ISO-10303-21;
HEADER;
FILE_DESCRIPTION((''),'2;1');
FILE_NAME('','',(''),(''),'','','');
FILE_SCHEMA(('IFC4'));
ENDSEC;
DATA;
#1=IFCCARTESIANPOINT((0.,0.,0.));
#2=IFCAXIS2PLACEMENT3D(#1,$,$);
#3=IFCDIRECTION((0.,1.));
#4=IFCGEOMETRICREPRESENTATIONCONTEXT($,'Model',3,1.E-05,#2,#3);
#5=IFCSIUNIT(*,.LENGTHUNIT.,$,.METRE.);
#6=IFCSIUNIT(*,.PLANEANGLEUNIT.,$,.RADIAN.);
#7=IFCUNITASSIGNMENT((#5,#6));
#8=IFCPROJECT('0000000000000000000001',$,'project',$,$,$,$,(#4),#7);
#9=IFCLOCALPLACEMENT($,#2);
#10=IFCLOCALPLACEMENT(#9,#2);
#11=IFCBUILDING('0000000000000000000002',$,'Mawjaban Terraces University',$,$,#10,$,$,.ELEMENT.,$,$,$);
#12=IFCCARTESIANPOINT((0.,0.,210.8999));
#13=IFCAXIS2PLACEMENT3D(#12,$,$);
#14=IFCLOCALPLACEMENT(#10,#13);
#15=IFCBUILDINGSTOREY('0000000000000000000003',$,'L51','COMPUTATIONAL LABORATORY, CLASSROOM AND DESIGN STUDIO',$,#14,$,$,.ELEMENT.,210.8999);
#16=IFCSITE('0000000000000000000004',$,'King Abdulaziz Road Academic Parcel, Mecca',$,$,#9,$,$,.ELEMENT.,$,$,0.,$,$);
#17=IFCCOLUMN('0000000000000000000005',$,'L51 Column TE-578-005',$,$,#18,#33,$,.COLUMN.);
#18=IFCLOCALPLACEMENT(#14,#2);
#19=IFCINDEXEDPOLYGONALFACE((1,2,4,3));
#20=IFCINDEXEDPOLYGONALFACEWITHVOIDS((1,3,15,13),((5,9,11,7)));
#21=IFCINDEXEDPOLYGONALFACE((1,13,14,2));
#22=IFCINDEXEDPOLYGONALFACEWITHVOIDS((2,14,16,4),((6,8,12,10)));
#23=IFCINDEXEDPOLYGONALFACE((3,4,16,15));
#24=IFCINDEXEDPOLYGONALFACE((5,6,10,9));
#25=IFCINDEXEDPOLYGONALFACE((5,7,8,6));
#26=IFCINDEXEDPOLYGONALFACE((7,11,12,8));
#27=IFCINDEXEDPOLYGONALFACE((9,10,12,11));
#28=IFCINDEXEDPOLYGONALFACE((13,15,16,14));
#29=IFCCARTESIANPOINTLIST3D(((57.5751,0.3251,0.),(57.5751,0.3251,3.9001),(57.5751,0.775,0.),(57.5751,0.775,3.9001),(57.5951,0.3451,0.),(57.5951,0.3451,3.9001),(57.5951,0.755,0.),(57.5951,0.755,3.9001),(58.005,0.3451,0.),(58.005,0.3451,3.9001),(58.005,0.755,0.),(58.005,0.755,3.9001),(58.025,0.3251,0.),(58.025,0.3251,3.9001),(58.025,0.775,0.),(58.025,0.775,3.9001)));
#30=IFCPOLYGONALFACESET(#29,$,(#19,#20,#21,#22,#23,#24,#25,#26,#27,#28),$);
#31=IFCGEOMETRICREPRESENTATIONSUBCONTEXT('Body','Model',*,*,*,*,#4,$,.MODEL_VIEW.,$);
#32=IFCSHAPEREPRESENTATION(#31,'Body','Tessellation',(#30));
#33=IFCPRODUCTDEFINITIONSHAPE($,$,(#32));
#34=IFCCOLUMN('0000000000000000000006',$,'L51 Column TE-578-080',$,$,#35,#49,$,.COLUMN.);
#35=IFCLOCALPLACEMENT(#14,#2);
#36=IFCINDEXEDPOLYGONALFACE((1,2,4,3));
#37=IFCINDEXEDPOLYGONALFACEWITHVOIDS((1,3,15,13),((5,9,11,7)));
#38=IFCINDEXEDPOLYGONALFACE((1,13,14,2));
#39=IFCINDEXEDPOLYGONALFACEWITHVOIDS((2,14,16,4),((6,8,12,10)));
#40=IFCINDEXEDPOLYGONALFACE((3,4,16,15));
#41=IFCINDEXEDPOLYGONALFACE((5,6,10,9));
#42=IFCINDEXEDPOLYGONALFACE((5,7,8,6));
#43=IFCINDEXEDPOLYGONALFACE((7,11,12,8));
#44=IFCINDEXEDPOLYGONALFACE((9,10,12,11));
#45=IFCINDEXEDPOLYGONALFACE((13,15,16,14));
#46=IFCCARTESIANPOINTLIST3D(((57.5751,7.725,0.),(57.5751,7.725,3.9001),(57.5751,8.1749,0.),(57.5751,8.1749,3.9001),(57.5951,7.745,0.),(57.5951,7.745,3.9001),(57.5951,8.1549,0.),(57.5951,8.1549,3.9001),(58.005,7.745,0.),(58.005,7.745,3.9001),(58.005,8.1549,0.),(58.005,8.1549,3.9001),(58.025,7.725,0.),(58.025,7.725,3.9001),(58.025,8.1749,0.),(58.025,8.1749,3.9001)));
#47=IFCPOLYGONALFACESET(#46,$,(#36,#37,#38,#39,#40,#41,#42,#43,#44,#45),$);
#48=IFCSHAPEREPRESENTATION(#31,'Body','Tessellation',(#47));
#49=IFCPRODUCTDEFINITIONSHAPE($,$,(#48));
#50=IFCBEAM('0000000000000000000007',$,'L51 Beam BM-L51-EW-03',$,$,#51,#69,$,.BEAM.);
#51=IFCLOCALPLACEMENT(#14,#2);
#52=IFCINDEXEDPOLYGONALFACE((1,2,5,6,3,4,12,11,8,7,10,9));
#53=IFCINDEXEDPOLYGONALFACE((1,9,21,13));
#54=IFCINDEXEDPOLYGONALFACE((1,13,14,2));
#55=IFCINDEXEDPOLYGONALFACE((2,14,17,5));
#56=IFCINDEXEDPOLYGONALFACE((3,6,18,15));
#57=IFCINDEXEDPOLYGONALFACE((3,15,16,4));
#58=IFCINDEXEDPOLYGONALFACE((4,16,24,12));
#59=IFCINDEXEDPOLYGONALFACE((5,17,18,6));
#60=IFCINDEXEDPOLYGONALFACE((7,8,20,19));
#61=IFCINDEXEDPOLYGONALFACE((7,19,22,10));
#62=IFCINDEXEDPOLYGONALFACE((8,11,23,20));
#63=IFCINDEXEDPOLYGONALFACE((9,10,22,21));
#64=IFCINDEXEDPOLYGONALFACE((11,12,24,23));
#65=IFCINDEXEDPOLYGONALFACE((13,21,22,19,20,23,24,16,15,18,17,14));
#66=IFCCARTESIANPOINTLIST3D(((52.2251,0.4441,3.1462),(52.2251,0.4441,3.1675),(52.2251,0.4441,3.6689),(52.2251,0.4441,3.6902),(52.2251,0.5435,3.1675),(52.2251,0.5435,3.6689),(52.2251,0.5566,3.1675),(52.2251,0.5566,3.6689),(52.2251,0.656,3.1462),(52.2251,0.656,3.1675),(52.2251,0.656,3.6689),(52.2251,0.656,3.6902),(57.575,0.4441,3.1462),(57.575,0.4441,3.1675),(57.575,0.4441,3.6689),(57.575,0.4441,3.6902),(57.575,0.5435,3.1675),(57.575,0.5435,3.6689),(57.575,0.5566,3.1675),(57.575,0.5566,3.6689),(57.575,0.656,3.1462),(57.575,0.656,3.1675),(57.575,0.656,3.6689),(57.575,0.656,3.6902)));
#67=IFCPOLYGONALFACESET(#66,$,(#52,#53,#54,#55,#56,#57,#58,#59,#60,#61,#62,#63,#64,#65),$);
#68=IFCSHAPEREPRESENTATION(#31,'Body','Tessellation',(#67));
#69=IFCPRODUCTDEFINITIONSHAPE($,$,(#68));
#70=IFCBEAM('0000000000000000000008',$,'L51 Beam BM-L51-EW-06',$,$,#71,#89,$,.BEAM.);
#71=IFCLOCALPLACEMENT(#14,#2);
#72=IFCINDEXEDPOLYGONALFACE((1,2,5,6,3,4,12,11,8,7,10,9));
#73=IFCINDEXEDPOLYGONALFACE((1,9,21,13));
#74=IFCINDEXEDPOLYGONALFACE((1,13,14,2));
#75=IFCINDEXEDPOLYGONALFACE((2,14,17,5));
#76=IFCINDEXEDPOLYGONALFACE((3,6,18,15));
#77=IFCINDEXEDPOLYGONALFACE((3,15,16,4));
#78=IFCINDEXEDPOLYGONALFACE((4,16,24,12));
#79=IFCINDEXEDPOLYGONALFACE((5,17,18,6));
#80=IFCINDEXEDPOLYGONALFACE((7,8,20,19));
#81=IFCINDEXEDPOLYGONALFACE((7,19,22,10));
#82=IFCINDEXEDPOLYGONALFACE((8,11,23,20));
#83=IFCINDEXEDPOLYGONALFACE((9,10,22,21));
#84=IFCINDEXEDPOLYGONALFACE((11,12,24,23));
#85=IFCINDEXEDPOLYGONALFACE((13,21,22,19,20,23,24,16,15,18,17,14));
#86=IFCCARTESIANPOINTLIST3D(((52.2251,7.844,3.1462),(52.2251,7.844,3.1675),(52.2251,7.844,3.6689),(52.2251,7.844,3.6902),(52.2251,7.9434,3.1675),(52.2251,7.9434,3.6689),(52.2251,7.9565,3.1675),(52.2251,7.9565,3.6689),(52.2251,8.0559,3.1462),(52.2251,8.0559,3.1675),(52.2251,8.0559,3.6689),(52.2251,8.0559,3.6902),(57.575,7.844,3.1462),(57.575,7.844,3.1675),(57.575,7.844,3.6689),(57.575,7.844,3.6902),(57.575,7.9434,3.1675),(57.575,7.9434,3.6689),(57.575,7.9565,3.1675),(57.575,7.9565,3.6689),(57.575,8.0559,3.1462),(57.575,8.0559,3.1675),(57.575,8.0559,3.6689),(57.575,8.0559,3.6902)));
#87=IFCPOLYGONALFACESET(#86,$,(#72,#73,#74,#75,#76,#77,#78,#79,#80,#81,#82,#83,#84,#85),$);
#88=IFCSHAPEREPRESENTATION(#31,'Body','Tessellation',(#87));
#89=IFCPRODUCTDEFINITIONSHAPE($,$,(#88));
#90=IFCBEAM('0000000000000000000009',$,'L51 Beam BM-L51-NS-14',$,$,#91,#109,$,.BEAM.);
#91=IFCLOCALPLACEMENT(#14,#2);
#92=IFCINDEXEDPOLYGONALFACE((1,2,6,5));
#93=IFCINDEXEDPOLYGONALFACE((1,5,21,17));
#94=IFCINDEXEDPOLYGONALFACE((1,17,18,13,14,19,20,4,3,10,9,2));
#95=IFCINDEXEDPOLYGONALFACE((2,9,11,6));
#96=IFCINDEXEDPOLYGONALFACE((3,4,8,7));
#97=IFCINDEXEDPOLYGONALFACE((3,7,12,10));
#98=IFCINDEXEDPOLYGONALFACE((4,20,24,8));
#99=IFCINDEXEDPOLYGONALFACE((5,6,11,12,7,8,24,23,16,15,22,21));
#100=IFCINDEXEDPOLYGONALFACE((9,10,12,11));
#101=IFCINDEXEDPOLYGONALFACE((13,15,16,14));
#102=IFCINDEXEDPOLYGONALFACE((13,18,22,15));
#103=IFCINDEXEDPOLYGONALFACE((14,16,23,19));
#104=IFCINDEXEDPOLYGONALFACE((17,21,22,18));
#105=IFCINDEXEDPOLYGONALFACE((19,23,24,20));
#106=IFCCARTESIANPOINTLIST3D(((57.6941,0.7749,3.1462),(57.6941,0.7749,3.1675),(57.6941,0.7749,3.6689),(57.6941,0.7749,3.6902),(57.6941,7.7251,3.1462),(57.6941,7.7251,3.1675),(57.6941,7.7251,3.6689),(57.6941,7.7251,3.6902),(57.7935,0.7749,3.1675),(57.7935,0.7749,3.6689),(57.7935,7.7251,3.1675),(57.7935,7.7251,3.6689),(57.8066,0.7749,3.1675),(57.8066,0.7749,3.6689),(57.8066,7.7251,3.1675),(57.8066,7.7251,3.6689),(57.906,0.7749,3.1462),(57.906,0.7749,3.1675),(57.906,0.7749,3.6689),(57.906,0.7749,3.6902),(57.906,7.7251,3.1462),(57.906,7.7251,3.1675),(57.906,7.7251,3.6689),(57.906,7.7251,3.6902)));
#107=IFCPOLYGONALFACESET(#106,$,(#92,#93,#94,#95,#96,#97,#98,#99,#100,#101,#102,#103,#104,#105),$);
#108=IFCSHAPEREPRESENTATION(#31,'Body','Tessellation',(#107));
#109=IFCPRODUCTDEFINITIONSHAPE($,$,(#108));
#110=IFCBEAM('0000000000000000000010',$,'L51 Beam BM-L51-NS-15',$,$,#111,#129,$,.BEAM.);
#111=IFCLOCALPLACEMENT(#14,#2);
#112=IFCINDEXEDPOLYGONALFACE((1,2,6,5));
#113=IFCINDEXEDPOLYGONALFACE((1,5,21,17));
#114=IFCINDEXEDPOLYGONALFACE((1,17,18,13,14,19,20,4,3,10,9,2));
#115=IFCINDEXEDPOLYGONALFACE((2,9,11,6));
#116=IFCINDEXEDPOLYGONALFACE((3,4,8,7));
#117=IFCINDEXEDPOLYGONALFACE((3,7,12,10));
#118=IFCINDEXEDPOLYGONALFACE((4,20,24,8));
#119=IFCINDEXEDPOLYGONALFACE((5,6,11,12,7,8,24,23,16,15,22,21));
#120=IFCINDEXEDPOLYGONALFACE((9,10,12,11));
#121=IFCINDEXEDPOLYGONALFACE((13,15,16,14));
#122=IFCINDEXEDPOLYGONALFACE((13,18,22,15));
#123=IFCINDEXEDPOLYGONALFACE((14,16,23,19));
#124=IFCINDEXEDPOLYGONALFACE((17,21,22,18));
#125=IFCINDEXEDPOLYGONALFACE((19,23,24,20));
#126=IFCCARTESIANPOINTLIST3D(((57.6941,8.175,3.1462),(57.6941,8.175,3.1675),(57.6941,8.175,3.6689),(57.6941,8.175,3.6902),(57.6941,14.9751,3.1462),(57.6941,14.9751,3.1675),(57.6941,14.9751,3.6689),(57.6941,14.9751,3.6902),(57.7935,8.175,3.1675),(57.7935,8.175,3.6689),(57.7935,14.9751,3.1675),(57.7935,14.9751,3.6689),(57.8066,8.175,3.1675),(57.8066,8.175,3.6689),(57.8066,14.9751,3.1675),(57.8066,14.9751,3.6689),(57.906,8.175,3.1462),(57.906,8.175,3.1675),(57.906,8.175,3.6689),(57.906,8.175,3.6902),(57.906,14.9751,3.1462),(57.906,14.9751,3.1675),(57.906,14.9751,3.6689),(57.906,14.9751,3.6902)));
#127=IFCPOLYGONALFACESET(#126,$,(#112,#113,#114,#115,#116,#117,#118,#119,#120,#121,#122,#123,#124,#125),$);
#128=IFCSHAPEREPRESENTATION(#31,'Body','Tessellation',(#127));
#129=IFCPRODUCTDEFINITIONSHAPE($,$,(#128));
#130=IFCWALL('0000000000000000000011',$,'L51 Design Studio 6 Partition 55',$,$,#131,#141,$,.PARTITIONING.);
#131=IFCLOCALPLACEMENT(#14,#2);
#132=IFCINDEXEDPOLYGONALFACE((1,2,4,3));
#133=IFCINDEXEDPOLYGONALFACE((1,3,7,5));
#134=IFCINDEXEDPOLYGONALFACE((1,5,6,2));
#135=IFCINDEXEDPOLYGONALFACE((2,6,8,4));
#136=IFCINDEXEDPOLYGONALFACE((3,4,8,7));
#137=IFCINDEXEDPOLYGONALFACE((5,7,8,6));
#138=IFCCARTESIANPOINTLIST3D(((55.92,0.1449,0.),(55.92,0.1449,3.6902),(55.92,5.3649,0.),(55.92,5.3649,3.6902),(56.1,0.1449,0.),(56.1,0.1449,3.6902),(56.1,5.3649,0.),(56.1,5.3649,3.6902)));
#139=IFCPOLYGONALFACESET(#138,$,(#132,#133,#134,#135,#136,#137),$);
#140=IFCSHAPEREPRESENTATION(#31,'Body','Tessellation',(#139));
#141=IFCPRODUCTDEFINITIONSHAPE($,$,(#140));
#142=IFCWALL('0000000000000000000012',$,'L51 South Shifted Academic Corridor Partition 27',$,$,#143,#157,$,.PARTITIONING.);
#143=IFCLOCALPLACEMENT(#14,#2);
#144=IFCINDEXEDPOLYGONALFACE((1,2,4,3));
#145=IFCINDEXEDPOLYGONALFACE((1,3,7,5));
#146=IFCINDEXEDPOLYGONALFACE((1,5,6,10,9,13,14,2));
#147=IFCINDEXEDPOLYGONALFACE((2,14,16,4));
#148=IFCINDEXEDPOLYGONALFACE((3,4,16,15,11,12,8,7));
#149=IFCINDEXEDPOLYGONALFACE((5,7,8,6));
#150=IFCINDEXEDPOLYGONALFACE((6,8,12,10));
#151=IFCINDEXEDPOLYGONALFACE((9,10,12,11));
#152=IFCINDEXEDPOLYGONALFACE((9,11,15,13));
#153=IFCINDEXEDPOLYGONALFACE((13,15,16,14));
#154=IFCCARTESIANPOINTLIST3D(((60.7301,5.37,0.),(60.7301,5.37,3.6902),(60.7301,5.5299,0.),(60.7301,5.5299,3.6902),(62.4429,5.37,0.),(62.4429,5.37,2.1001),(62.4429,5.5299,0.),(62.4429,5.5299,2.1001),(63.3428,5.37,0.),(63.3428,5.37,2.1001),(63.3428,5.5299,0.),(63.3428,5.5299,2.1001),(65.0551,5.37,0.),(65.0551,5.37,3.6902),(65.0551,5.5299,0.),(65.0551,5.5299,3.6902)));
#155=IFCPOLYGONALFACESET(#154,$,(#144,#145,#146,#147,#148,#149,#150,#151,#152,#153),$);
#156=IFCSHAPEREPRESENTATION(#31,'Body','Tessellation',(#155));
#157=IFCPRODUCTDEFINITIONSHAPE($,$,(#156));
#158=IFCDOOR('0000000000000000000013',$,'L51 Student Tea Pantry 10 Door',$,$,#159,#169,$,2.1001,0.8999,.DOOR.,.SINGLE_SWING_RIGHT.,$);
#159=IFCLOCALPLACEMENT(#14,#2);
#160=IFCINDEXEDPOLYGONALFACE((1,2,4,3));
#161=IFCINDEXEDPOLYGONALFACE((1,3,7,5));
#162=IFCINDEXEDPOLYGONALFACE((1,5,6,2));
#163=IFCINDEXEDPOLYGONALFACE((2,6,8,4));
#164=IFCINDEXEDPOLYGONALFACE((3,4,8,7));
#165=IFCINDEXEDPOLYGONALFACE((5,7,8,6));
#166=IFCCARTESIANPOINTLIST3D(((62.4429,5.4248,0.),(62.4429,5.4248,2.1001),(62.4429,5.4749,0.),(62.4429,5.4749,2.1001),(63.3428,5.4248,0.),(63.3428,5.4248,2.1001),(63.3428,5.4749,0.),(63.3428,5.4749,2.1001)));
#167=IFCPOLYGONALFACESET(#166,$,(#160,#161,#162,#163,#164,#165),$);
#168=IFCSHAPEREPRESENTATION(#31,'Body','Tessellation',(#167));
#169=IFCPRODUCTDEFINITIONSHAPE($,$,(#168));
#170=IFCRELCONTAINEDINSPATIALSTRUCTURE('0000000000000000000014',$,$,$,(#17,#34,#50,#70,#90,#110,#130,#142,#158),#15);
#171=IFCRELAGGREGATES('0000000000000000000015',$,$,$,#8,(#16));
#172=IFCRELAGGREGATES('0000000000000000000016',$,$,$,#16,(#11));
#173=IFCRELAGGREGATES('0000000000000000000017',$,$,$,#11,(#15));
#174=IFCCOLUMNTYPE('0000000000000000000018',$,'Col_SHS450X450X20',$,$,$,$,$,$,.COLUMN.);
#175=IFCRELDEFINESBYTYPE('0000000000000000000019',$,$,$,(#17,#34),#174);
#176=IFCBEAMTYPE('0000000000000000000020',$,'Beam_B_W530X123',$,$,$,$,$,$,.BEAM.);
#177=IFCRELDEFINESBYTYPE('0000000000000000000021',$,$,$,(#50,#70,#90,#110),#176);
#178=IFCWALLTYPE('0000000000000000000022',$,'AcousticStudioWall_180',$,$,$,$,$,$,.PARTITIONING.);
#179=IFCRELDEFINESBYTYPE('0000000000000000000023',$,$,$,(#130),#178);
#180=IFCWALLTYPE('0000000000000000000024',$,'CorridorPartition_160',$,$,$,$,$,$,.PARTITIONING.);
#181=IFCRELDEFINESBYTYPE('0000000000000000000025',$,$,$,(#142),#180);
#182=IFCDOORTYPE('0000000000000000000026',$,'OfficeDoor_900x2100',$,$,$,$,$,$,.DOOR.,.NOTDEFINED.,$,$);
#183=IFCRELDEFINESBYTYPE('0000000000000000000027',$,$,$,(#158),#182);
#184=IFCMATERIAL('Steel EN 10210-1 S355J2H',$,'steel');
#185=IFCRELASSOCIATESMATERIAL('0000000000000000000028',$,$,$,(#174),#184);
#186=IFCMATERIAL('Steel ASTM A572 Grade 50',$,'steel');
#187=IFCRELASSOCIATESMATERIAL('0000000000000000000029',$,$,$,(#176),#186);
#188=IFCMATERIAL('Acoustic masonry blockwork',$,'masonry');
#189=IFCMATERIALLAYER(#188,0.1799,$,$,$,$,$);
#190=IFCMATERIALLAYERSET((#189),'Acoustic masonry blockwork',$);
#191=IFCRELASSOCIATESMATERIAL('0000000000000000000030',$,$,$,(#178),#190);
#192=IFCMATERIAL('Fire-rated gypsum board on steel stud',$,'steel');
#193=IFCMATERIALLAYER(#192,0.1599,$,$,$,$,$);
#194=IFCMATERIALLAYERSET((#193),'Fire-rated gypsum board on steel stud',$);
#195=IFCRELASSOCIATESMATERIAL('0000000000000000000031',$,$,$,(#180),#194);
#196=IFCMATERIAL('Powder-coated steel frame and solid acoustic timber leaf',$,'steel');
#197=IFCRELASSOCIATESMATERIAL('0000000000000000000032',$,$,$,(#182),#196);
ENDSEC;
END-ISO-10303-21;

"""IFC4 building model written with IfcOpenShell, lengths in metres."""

from ifc_helpers import new_model, si_unit, direction, frame, frame_2d, origin, origin_2d, place, context, subcontext, project, spatial, rectangle, hollow_rectangle, i_section, extrude, material, layer, layer_set, material_profile, profile_set, type_object, element, fill, save


model = new_model("IFC4")

# Units and contexts
model_context = context("Model", 3, precision=1e-05, world=origin(), true_north=direction((0.0, 1.0)))
body_context = subcontext(model_context, "Body", "Model", "MODEL_VIEW")
ifc_project = project(units=[si_unit("LENGTHUNIT", "METRE"), si_unit("PLANEANGLEUNIT", "RADIAN")], contexts=[model_context])

# Site, building, storey
site_placement = place(None, origin())
site = spatial("IfcSite", under=ifc_project, at=site_placement, Name="King Abdulaziz Road Academic Parcel, Mecca", CompositionType="ELEMENT", RefElevation=0.0)
building_placement = place(site_placement, origin())
building = spatial("IfcBuilding", under=site, at=building_placement, Name="Mawjaban Terraces University", CompositionType="ELEMENT")
storey_placement = place(building_placement, frame((0.0, 0.0, 210.8999)))
storey = spatial("IfcBuildingStorey", under=building, at=storey_placement, Name="L51", Description="COMPUTATIONAL LABORATORY, CLASSROOM AND DESIGN STUDIO", CompositionType="ELEMENT", Elevation=210.8999)

# Columns
ifc_material_1 = material(Name="Steel EN 10210-1 S355J2H", Category="steel")
ifc_material_profile_1 = material_profile(ifc_material_1, hollow_rectangle(XDim=0.45, YDim=0.45, WallThickness=0.02, at=origin_2d()), Name="SHS450X450X20")
ifc_profile_set_1 = profile_set([ifc_material_profile_1], Name="Steel EN 10210-1 S355J2H")
column_type = type_object("IfcColumnType", Name="Col_SHS450X450X20", PredefinedType="COLUMN", material=ifc_profile_set_1)
for number, where, z_axis, x_axis, name in (
    (1, (57.8, 0.55, 0.0), (0.0, 0.0, 1.0), (1.0, 0.0, 0.0), "L51 Column TE-578-005"),
    (2, (57.8, 7.95, 0.0), (0.0, 0.0, 1.0), (1.0, 0.0, 0.0), "L51 Column TE-578-080"),
):
    element("IfcColumn", number, at=place(storey_placement, frame(where, z_axis=z_axis, x_axis=x_axis)), inside=storey, type_object=column_type, Name=name, PredefinedType="COLUMN", context=body_context, shape_type="SweptSolid", body=[
        extrude(hollow_rectangle(XDim=0.45, YDim=0.45, WallThickness=0.02, at=origin_2d()), origin(), (0.0, 0.0, 1.0), 3.9001),
    ])

# Beams
ifc_material_2 = material(Name="Steel ASTM A572 Grade 50", Category="steel")
ifc_material_profile_2 = material_profile(ifc_material_2, i_section(OverallWidth=0.2119, OverallDepth=0.5439, WebThickness=0.0132, FlangeThickness=0.0212, at=origin_2d()), Name="W530X123")
ifc_profile_set_2 = profile_set([ifc_material_profile_2], Name="Steel ASTM A572 Grade 50")
beam_type = type_object("IfcBeamType", Name="Beam_B_W530X123", PredefinedType="BEAM", material=ifc_profile_set_2)
for number, where, z_axis, x_axis, name in (
    (3, (52.2251, 0.55, 3.4182), (1.0, 0.0, 0.0), (0.0, 1.0, 0.0), "L51 Beam BM-L51-EW-03"),
    (4, (52.2251, 7.95, 3.4182), (1.0, 0.0, 0.0), (0.0, 1.0, 0.0), "L51 Beam BM-L51-EW-06"),
):
    element("IfcBeam", number, at=place(storey_placement, frame(where, z_axis=z_axis, x_axis=x_axis)), inside=storey, type_object=beam_type, Name=name, PredefinedType="BEAM", context=body_context, shape_type="SweptSolid", body=[
        extrude(i_section(OverallWidth=0.2119, OverallDepth=0.5439, WebThickness=0.0132, FlangeThickness=0.0212, at=origin_2d()), origin(), (0.0, 0.0, 1.0), 5.3499),
    ])
beam_1_placement = place(storey_placement, frame((57.8, 0.7749, 3.4182), z_axis=(0.0, 1.0, 0.0), x_axis=(-1.0, 0.0, 0.0)))
element("IfcBeam", 5, at=beam_1_placement, inside=storey, type_object=beam_type, Name="L51 Beam BM-L51-NS-14", PredefinedType="BEAM", context=body_context, shape_type="SweptSolid", body=[
    extrude(i_section(OverallWidth=0.2119, OverallDepth=0.5439, WebThickness=0.0132, FlangeThickness=0.0212, at=origin_2d()), origin(), (0.0, 0.0, 1.0), 6.9502),
])
beam_2_placement = place(storey_placement, frame((57.8, 8.175, 3.4182), z_axis=(0.0, 1.0, 0.0), x_axis=(-1.0, 0.0, 0.0)))
element("IfcBeam", 6, at=beam_2_placement, inside=storey, type_object=beam_type, Name="L51 Beam BM-L51-NS-15", PredefinedType="BEAM", context=body_context, shape_type="SweptSolid", body=[
    extrude(i_section(OverallWidth=0.2119, OverallDepth=0.5439, WebThickness=0.0132, FlangeThickness=0.0212, at=origin_2d()), origin(), (0.0, 0.0, 1.0), 6.8),
])

# Wall
ifc_material_3 = material(Name="Acoustic masonry blockwork", Category="masonry")
ifc_layer_1 = layer(ifc_material_3, 0.1799)
ifc_layer_set_1 = layer_set([ifc_layer_1], Name="Acoustic masonry blockwork")
wall_type_1 = type_object("IfcWallType", Name="AcousticStudioWall_180", PredefinedType="PARTITIONING", material=ifc_layer_set_1)
wall_1_placement = place(storey_placement, frame((56.01, 0.145, 0.0), z_axis=(0.0, 0.0, 1.0), x_axis=(0.0, 1.0, 0.0)))
element("IfcWall", 7, at=wall_1_placement, inside=storey, type_object=wall_type_1, Name="L51 Design Studio 6 Partition 55", PredefinedType="PARTITIONING", context=body_context, shape_type="SweptSolid", body=[
    extrude(rectangle(XDim=5.22, YDim=0.1799, at=frame_2d((2.6099, 0.0))), origin(), (0.0, 0.0, 1.0), 3.6902),
])

# Wall, opening, door
ifc_material_4 = material(Name="Fire-rated gypsum board on steel stud", Category="steel")
ifc_layer_2 = layer(ifc_material_4, 0.1599)
ifc_layer_set_2 = layer_set([ifc_layer_2], Name="Fire-rated gypsum board on steel stud")
wall_type_2 = type_object("IfcWallType", Name="CorridorPartition_160", PredefinedType="PARTITIONING", material=ifc_layer_set_2)
wall_2_placement = place(storey_placement, frame((60.73, 5.45, 0.0), z_axis=(0.0, 0.0, 1.0), x_axis=(1.0, 0.0, 0.0)))
wall_2 = element("IfcWall", 8, at=wall_2_placement, inside=storey, type_object=wall_type_2, Name="L51 South Shifted Academic Corridor Partition 27", PredefinedType="PARTITIONING", context=body_context, shape_type="SweptSolid", body=[
    extrude(rectangle(XDim=4.325, YDim=0.1599, at=frame_2d((2.1626, 0.0))), origin(), (0.0, 0.0, 1.0), 3.6902),
])
opening_1_placement = place(wall_2_placement, frame((1.7129, 0.0, 0.0)))
opening_1 = element("IfcOpeningElement", 9, at=opening_1_placement, cuts=wall_2, PredefinedType="OPENING", context=body_context, shape_type="SweptSolid", body=[
    extrude(rectangle(XDim=0.8999, YDim=2.1001, at=frame_2d((0.45, 1.05))), frame((0.0, 0.0898, 0.0), z_axis=(0.0, -1.0, 0.0), x_axis=(1.0, 0.0, 0.0)), (0.0, 0.0, 1.0), 0.1799),
])
ifc_material_5 = material(Name="Powder-coated steel frame and solid acoustic timber leaf", Category="steel")
door_type_1 = type_object("IfcDoorType", Name="OfficeDoor_900x2100", OperationType="NOTDEFINED", PredefinedType="DOOR", material=ifc_material_5)
door_1_placement = place(opening_1_placement, origin())
door_1 = element("IfcDoor", 10, at=door_1_placement, inside=storey, type_object=door_type_1, Name="L51 Student Tea Pantry 10 Door", OperationType="SINGLE_SWING_RIGHT", OverallHeight=2.1001, OverallWidth=0.8999, PredefinedType="DOOR", context=body_context, shape_type="SweptSolid", body=[
    extrude(rectangle(XDim=0.8999, YDim=2.1001, at=frame_2d((0.45, 1.05))), frame((0.0, 0.0249, 0.0), z_axis=(0.0, -1.0, 0.0), x_axis=(1.0, 0.0, 0.0)), (0.0, 0.0, 1.0), 0.05),
])
fill(opening_1, door_1)

save(model, "model.ifc")
